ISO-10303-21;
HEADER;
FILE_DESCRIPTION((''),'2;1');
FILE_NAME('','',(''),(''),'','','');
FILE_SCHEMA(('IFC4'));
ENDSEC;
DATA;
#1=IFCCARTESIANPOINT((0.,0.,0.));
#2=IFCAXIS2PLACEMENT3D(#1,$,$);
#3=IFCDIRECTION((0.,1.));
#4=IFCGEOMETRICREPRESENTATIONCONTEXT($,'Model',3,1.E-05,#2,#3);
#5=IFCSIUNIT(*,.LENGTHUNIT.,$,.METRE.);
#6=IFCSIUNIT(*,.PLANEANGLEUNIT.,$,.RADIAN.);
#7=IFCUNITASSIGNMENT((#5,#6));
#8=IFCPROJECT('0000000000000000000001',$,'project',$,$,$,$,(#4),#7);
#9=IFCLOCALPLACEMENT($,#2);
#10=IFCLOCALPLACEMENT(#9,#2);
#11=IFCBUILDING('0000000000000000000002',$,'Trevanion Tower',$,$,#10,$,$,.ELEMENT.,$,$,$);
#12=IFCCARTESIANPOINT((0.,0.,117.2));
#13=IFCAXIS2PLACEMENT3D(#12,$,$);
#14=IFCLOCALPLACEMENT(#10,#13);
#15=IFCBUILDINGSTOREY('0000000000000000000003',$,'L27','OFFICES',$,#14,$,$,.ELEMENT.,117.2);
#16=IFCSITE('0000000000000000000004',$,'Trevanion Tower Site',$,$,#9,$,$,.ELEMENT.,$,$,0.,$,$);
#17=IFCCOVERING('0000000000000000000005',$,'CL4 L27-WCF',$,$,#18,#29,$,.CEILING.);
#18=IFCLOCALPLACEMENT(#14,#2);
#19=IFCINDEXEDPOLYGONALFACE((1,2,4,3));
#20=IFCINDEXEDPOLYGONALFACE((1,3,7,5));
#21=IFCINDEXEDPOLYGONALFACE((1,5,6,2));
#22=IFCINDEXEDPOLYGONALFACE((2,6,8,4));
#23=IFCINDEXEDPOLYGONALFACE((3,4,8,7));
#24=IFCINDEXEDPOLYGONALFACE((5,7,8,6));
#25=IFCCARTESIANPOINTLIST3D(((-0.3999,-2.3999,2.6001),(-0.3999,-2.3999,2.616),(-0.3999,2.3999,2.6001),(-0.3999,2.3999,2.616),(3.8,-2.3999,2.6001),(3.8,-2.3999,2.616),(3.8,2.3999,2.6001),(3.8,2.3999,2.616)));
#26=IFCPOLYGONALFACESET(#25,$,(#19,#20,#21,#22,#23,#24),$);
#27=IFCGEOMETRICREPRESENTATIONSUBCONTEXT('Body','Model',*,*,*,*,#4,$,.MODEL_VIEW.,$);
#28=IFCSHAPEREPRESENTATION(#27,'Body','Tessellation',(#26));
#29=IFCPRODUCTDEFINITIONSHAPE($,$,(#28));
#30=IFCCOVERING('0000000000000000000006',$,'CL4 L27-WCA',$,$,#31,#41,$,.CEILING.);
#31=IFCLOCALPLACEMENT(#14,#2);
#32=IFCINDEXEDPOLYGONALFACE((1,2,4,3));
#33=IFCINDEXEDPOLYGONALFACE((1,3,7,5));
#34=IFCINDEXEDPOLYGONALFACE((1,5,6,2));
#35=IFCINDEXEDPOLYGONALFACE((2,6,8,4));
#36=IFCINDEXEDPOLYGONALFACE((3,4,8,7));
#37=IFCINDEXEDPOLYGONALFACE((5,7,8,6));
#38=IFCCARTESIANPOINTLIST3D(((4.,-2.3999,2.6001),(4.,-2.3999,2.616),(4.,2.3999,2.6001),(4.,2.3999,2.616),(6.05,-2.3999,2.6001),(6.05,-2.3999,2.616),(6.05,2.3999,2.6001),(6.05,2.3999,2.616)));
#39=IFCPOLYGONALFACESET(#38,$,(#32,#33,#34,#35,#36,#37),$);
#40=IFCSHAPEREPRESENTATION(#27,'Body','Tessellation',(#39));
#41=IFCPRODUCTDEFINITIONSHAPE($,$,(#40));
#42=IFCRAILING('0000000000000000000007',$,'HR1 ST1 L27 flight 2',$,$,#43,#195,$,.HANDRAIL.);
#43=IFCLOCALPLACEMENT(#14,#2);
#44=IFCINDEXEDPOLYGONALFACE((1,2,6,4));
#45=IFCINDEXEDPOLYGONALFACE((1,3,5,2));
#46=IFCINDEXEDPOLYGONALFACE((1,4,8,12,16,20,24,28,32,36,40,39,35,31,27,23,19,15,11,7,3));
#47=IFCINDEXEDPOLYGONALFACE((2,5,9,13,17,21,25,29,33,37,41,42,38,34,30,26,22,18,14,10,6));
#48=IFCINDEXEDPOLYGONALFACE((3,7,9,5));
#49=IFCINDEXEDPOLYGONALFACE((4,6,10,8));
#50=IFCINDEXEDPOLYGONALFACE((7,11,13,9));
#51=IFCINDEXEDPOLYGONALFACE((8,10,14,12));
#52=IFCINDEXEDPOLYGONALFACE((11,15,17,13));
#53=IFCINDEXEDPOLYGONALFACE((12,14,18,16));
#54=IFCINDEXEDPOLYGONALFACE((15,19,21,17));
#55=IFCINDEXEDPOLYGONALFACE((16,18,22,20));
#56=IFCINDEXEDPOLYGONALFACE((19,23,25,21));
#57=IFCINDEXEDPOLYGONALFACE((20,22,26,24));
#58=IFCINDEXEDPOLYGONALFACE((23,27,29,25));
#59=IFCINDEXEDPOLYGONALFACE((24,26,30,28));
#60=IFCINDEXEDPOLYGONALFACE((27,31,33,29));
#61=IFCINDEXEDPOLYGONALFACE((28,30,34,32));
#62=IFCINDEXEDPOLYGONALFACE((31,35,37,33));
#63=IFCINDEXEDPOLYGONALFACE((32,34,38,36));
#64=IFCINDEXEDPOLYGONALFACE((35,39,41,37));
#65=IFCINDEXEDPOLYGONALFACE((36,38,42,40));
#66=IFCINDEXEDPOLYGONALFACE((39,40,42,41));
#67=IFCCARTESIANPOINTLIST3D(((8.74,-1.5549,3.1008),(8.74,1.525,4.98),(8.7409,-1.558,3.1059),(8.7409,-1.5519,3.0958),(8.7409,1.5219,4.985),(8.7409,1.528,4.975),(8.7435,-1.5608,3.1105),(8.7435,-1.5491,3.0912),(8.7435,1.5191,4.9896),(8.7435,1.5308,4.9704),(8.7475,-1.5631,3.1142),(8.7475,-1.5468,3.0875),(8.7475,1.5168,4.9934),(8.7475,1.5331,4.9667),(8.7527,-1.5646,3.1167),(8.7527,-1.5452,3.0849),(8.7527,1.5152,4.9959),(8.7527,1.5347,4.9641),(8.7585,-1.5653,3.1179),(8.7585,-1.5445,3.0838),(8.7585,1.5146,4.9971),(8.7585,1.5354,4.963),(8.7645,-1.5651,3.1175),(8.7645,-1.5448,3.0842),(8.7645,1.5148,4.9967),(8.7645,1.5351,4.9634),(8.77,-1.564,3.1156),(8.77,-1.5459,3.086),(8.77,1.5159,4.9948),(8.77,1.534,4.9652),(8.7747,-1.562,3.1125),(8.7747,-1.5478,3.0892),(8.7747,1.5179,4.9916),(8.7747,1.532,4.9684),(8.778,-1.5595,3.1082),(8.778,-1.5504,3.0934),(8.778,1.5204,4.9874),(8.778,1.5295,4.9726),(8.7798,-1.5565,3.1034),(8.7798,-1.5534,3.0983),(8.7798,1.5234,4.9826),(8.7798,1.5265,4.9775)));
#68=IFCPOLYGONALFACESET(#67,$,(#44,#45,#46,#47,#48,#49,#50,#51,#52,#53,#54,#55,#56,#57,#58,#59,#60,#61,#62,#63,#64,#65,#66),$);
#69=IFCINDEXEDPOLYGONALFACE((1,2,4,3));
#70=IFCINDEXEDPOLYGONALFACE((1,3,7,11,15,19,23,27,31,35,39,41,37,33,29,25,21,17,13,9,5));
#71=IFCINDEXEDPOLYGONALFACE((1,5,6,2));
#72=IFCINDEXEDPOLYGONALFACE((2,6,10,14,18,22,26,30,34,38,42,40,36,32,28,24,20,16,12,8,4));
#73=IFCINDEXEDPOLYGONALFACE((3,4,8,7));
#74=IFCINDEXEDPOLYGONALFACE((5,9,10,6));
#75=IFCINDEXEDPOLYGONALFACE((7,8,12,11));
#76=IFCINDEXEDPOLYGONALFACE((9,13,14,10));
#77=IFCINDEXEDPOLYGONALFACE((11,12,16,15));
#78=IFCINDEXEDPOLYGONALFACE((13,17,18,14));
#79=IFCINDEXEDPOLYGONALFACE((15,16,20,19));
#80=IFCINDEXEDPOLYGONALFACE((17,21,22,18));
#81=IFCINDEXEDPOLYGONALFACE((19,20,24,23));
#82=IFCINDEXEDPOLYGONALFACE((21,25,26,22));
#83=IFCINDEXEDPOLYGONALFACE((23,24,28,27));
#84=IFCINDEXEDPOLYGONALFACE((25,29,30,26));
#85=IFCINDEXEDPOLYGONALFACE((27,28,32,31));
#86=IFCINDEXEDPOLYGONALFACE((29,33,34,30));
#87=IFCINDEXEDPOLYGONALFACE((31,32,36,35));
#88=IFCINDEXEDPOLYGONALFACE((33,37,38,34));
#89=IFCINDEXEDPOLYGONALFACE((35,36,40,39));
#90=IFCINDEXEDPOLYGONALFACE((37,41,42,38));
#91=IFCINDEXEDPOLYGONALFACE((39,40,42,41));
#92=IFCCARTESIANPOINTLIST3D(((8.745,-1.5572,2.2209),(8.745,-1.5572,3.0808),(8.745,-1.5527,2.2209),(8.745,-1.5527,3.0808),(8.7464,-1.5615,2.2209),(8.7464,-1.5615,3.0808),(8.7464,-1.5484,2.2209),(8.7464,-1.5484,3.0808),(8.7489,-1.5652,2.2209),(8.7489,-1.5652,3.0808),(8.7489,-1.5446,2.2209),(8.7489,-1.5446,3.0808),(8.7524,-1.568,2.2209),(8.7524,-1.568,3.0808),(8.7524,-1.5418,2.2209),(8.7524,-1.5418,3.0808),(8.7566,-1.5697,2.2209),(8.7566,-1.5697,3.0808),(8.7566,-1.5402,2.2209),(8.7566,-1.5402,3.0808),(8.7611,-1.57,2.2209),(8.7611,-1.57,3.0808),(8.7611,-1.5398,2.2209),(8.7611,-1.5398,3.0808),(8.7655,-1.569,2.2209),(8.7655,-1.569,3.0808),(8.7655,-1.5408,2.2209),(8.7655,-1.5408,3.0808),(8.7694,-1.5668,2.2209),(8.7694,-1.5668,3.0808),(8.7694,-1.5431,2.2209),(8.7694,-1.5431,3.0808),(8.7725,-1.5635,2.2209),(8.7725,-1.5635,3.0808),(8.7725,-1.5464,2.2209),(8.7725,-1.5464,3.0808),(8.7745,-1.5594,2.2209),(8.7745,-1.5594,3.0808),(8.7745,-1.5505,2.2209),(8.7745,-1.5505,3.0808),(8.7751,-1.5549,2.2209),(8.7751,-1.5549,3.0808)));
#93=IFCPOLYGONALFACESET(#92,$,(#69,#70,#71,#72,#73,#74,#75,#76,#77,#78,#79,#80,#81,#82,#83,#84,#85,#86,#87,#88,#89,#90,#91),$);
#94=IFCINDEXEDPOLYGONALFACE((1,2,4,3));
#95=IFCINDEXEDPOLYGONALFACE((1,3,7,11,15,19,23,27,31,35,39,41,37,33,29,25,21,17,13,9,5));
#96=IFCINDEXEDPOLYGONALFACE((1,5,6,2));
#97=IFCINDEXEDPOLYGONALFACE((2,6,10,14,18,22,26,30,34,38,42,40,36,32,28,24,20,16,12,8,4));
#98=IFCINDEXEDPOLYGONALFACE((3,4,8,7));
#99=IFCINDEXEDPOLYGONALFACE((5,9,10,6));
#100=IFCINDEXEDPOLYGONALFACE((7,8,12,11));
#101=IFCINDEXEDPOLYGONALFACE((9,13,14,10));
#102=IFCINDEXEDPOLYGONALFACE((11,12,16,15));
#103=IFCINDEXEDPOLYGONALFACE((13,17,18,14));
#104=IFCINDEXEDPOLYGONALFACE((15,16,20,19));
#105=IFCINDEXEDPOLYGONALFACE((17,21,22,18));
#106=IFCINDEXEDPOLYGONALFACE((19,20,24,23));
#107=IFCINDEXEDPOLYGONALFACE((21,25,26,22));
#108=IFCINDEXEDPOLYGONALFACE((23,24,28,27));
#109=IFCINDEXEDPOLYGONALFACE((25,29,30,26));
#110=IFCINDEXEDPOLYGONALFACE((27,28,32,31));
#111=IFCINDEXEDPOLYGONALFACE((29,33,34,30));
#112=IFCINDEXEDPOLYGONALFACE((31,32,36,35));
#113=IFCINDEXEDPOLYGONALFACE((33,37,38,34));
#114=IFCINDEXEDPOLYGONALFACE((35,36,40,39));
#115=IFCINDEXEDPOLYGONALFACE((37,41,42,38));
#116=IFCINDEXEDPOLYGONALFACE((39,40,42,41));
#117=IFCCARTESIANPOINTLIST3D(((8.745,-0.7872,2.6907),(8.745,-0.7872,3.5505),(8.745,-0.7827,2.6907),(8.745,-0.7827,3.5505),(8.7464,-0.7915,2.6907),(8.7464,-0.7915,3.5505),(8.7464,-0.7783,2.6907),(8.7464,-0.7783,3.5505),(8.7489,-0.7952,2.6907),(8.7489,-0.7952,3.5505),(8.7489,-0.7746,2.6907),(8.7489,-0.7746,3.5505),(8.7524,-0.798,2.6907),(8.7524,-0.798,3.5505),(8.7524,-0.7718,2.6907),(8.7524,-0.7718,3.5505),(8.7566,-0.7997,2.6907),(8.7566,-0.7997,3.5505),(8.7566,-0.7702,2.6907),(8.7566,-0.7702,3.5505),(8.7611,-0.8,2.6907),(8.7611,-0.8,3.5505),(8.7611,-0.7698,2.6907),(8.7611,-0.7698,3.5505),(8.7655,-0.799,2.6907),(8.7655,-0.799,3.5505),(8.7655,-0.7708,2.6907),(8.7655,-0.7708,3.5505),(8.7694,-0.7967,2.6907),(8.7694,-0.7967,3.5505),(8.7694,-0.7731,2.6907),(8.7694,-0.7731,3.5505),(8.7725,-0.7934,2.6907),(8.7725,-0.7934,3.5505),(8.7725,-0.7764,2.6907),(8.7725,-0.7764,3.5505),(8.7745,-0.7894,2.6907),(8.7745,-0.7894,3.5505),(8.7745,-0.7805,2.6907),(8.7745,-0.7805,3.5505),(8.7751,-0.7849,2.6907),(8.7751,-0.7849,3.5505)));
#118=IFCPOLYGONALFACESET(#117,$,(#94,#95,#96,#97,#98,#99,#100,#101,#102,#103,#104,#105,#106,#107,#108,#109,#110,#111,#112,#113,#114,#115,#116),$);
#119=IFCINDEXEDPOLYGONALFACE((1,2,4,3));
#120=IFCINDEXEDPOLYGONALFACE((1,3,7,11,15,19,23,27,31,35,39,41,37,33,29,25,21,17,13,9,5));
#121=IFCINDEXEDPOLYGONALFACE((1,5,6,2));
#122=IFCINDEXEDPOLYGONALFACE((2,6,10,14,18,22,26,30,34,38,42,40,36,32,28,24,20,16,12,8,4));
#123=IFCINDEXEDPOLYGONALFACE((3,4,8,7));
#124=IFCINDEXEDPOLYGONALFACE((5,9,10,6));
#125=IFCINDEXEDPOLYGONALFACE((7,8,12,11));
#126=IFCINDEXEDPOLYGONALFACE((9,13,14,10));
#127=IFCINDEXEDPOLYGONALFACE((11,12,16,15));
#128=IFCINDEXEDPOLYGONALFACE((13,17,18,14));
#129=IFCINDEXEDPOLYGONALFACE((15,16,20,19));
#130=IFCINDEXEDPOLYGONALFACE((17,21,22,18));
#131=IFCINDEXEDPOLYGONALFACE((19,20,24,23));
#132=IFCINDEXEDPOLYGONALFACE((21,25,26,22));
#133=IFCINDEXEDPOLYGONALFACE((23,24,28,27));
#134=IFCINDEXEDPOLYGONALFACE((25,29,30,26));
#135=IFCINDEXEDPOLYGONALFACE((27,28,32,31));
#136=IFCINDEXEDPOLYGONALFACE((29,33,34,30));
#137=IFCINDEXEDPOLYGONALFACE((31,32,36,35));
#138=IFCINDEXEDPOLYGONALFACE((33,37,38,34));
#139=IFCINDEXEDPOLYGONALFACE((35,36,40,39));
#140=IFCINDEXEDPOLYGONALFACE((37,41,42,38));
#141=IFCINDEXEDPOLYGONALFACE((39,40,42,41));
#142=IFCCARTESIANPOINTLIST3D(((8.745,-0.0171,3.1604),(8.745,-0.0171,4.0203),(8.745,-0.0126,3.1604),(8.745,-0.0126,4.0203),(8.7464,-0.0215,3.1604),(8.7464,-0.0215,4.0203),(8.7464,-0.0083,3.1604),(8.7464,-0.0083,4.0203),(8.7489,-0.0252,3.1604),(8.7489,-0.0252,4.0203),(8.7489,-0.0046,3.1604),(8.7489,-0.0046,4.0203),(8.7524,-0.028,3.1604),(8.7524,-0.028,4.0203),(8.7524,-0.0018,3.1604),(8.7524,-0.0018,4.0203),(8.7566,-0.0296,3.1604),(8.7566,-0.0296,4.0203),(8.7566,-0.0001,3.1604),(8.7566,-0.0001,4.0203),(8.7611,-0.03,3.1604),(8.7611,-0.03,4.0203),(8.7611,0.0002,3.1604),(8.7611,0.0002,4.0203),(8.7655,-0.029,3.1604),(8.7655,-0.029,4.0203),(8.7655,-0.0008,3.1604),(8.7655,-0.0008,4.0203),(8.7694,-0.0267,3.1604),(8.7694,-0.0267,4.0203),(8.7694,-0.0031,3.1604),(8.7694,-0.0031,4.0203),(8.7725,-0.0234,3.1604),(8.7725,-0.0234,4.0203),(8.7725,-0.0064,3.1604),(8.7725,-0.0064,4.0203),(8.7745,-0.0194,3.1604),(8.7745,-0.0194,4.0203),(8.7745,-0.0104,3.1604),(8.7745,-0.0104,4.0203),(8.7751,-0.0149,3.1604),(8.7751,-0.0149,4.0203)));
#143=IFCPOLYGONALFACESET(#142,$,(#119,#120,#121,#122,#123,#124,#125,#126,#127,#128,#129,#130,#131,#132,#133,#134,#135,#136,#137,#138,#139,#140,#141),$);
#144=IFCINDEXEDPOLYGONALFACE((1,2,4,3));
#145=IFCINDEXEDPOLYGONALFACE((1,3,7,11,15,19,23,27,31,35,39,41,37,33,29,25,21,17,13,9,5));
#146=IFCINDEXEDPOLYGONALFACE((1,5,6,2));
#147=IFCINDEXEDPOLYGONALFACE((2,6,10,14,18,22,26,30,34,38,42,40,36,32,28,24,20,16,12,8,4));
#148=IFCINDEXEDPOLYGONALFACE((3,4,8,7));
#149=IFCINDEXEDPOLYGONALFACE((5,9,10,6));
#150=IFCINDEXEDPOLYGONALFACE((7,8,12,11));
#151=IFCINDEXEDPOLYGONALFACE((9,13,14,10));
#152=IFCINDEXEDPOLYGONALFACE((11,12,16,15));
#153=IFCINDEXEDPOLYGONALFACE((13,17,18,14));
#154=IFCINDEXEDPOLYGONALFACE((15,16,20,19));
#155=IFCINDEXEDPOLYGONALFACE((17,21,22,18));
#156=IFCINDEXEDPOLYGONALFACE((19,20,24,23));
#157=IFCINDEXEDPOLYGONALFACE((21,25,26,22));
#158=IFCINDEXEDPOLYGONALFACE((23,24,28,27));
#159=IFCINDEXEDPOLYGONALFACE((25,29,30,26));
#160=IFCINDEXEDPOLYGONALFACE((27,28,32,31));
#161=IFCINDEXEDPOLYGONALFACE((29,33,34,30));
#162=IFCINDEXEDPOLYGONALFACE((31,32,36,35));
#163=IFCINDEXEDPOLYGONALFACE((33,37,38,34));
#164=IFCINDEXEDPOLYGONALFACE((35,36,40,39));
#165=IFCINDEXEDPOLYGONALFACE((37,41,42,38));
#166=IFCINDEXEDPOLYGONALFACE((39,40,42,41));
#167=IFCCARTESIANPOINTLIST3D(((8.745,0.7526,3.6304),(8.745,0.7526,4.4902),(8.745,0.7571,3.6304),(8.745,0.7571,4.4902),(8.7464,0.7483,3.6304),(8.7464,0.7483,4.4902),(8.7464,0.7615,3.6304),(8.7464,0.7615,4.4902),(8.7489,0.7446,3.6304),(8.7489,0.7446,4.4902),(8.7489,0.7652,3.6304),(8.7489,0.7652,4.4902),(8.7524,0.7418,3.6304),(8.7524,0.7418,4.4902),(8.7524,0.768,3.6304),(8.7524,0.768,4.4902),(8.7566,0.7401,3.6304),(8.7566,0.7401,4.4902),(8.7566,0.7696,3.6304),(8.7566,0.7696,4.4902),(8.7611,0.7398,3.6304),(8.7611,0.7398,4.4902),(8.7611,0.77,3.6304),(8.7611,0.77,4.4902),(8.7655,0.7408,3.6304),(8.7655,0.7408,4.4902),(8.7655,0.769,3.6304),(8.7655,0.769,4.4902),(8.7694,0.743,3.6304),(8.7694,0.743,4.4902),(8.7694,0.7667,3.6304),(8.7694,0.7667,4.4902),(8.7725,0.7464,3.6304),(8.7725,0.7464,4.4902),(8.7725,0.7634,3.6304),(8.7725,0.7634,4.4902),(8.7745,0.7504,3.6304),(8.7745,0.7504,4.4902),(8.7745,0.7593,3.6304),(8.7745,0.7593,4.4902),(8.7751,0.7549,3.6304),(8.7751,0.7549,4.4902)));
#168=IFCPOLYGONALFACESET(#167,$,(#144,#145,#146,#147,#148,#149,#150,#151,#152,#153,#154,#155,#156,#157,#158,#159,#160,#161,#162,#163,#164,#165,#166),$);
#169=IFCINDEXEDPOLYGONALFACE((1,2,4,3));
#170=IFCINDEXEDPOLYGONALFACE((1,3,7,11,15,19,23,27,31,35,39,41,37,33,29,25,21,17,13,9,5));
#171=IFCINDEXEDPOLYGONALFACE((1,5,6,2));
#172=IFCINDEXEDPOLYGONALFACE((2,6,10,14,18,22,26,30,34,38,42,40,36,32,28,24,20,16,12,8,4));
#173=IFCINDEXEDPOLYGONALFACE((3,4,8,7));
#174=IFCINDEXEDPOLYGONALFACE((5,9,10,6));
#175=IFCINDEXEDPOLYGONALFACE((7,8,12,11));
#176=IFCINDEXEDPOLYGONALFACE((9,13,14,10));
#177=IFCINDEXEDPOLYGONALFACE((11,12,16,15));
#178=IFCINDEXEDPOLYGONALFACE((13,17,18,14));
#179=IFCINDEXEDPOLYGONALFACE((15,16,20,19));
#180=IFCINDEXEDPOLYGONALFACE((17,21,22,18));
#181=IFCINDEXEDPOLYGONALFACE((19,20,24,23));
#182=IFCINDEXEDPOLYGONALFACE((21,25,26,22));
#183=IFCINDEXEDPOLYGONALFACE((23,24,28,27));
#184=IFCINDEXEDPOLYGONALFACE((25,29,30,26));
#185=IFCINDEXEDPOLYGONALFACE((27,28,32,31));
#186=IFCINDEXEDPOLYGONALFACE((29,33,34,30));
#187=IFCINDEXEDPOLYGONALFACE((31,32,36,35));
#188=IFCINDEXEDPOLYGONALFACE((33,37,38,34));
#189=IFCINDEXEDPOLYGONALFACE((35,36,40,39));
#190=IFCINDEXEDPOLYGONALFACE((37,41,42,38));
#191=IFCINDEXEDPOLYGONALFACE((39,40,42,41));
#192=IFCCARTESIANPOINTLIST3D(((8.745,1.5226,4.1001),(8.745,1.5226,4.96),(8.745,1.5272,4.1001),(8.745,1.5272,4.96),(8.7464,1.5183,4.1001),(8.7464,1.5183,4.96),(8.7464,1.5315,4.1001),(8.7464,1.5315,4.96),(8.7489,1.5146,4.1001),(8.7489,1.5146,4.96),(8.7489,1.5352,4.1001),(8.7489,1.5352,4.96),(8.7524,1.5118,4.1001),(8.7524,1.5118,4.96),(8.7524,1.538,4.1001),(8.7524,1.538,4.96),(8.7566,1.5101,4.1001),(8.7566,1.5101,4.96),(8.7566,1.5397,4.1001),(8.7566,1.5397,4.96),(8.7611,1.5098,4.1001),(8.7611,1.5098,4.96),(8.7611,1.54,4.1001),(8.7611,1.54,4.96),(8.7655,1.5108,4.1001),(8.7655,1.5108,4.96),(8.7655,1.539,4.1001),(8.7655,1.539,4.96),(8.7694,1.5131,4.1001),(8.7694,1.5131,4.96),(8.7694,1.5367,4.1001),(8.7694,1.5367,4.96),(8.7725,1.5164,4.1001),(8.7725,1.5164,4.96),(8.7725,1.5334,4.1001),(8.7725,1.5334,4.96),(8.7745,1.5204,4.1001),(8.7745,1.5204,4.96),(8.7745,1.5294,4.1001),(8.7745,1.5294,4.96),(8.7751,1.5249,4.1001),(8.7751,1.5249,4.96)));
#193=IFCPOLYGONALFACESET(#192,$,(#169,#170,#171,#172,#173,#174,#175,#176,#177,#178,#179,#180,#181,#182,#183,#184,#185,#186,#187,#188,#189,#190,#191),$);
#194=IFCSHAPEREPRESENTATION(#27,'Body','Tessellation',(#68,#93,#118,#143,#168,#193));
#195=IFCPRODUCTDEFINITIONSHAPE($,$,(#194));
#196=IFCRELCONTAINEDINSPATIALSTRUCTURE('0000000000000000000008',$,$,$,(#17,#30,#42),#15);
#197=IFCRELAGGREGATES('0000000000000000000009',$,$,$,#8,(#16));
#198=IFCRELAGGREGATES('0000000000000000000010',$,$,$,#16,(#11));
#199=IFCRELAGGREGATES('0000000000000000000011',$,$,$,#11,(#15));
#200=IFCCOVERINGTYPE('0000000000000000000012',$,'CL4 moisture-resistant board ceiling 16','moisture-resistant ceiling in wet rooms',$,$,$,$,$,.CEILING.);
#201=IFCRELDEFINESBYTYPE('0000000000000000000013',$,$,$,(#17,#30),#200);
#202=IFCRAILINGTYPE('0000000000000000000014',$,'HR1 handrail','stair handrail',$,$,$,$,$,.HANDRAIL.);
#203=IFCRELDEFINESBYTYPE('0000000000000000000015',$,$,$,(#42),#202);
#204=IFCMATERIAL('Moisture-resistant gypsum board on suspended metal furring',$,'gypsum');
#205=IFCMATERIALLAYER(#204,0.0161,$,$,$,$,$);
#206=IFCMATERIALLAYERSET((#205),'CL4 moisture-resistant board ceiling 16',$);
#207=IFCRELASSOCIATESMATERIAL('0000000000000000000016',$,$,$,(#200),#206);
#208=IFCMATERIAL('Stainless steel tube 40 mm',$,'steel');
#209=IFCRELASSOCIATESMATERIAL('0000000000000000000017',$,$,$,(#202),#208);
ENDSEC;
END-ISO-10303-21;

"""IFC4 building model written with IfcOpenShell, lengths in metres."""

from ifc_helpers import new_model, si_unit, direction, frame, origin, origin_2d, place, context, subcontext, project, spatial, polyline, circle, outline, extrude, material, layer, layer_set, type_object, element, save


model = new_model("IFC4")

# Units and contexts
model_context = context("Model", 3, precision=1e-05, world=origin(), true_north=direction((0.0, 1.0)))
body_context = subcontext(model_context, "Body", "Model", "MODEL_VIEW")
ifc_project = project(units=[si_unit("LENGTHUNIT", "METRE"), si_unit("PLANEANGLEUNIT", "RADIAN")], contexts=[model_context])

# Site, building, storey
site_placement = place(None, origin())
site = spatial("IfcSite", under=ifc_project, at=site_placement, Name="Trevanion Tower Site", CompositionType="ELEMENT", RefElevation=0.0)
building_placement = place(site_placement, origin())
building = spatial("IfcBuilding", under=site, at=building_placement, Name="Trevanion Tower", CompositionType="ELEMENT")
storey_placement = place(building_placement, frame((0.0, 0.0, 117.2)))
storey = spatial("IfcBuildingStorey", under=building, at=storey_placement, Name="L27", Description="OFFICES", CompositionType="ELEMENT", Elevation=117.2)

# Coverings
ifc_material_1 = material(Name="Moisture-resistant gypsum board on suspended metal furring", Category="gypsum")
ifc_layer_1 = layer(ifc_material_1, 0.0161)
ifc_layer_set_1 = layer_set([ifc_layer_1], Name="CL4 moisture-resistant board ceiling 16")
covering_type_1 = type_object("IfcCoveringType", Name="CL4 moisture-resistant board ceiling 16", Description="moisture-resistant ceiling in wet rooms", PredefinedType="CEILING", material=ifc_layer_set_1)
covering_1_placement = place(storey_placement, frame((0.0, 0.0, 2.6001)))
element("IfcCovering", 1, at=covering_1_placement, inside=storey, type_object=covering_type_1, Name="CL4 L27-WCF", PredefinedType="CEILING", context=body_context, shape_type="SweptSolid", body=[
    extrude(outline(polyline([(3.8, -2.3999), (3.8, 2.3999), (-0.3999, 2.3999), (-0.3999, -2.3999), (3.8, -2.3999)])), origin(), (0.0, 0.0, 1.0), 0.0159),
])
covering_2_placement = place(storey_placement, frame((0.0, 0.0, 2.6001)))
element("IfcCovering", 2, at=covering_2_placement, inside=storey, type_object=covering_type_1, Name="CL4 L27-WCA", PredefinedType="CEILING", context=body_context, shape_type="SweptSolid", body=[
    extrude(outline(polyline([(6.05, -2.3999), (6.05, 2.3999), (4.0, 2.3999), (4.0, -2.3999), (6.05, -2.3999)])), origin(), (0.0, 0.0, 1.0), 0.0159),
])

# Railing
ifc_material_2 = material(Name="Stainless steel tube 40 mm", Category="steel")
railing_type = type_object("IfcRailingType", Name="HR1 handrail", Description="stair handrail", PredefinedType="HANDRAIL", material=ifc_material_2)
for number, where, name in (
    (3, (8.76, -1.5549, 2.2209), "HR1 ST1 L27 flight 2"),
):
    element("IfcRailing", number, at=place(storey_placement, frame(where)), inside=storey, type_object=railing_type, Name=name, PredefinedType="HANDRAIL", context=body_context, shape_type="SweptSolid", body=[
        extrude(circle(Radius=0.02, at=origin_2d()), frame((0.0, 0.0, 0.8799), z_axis=(0.0, 0.853648, 0.52085), x_axis=(-1.0, 0.0, 0.0)), (0.0, 0.0, 1.0), 3.6079),
        extrude(circle(Radius=0.0151, at=origin_2d()), origin(), (0.0, 0.0, 1.0), 0.8599),
        extrude(circle(Radius=0.0151, at=origin_2d()), frame((0.0, 0.77, 0.4697)), (0.0, 0.0, 1.0), 0.8599),
        extrude(circle(Radius=0.0151, at=origin_2d()), frame((0.0, 1.54, 0.9395)), (0.0, 0.0, 1.0), 0.8599),
        extrude(circle(Radius=0.0151, at=origin_2d()), frame((0.0, 2.3098, 1.4094)), (0.0, 0.0, 1.0), 0.8599),
        extrude(circle(Radius=0.0151, at=origin_2d()), frame((0.0, 3.0798, 1.8792)), (0.0, 0.0, 1.0), 0.8599),
    ])

save(model, "model.ifc")
